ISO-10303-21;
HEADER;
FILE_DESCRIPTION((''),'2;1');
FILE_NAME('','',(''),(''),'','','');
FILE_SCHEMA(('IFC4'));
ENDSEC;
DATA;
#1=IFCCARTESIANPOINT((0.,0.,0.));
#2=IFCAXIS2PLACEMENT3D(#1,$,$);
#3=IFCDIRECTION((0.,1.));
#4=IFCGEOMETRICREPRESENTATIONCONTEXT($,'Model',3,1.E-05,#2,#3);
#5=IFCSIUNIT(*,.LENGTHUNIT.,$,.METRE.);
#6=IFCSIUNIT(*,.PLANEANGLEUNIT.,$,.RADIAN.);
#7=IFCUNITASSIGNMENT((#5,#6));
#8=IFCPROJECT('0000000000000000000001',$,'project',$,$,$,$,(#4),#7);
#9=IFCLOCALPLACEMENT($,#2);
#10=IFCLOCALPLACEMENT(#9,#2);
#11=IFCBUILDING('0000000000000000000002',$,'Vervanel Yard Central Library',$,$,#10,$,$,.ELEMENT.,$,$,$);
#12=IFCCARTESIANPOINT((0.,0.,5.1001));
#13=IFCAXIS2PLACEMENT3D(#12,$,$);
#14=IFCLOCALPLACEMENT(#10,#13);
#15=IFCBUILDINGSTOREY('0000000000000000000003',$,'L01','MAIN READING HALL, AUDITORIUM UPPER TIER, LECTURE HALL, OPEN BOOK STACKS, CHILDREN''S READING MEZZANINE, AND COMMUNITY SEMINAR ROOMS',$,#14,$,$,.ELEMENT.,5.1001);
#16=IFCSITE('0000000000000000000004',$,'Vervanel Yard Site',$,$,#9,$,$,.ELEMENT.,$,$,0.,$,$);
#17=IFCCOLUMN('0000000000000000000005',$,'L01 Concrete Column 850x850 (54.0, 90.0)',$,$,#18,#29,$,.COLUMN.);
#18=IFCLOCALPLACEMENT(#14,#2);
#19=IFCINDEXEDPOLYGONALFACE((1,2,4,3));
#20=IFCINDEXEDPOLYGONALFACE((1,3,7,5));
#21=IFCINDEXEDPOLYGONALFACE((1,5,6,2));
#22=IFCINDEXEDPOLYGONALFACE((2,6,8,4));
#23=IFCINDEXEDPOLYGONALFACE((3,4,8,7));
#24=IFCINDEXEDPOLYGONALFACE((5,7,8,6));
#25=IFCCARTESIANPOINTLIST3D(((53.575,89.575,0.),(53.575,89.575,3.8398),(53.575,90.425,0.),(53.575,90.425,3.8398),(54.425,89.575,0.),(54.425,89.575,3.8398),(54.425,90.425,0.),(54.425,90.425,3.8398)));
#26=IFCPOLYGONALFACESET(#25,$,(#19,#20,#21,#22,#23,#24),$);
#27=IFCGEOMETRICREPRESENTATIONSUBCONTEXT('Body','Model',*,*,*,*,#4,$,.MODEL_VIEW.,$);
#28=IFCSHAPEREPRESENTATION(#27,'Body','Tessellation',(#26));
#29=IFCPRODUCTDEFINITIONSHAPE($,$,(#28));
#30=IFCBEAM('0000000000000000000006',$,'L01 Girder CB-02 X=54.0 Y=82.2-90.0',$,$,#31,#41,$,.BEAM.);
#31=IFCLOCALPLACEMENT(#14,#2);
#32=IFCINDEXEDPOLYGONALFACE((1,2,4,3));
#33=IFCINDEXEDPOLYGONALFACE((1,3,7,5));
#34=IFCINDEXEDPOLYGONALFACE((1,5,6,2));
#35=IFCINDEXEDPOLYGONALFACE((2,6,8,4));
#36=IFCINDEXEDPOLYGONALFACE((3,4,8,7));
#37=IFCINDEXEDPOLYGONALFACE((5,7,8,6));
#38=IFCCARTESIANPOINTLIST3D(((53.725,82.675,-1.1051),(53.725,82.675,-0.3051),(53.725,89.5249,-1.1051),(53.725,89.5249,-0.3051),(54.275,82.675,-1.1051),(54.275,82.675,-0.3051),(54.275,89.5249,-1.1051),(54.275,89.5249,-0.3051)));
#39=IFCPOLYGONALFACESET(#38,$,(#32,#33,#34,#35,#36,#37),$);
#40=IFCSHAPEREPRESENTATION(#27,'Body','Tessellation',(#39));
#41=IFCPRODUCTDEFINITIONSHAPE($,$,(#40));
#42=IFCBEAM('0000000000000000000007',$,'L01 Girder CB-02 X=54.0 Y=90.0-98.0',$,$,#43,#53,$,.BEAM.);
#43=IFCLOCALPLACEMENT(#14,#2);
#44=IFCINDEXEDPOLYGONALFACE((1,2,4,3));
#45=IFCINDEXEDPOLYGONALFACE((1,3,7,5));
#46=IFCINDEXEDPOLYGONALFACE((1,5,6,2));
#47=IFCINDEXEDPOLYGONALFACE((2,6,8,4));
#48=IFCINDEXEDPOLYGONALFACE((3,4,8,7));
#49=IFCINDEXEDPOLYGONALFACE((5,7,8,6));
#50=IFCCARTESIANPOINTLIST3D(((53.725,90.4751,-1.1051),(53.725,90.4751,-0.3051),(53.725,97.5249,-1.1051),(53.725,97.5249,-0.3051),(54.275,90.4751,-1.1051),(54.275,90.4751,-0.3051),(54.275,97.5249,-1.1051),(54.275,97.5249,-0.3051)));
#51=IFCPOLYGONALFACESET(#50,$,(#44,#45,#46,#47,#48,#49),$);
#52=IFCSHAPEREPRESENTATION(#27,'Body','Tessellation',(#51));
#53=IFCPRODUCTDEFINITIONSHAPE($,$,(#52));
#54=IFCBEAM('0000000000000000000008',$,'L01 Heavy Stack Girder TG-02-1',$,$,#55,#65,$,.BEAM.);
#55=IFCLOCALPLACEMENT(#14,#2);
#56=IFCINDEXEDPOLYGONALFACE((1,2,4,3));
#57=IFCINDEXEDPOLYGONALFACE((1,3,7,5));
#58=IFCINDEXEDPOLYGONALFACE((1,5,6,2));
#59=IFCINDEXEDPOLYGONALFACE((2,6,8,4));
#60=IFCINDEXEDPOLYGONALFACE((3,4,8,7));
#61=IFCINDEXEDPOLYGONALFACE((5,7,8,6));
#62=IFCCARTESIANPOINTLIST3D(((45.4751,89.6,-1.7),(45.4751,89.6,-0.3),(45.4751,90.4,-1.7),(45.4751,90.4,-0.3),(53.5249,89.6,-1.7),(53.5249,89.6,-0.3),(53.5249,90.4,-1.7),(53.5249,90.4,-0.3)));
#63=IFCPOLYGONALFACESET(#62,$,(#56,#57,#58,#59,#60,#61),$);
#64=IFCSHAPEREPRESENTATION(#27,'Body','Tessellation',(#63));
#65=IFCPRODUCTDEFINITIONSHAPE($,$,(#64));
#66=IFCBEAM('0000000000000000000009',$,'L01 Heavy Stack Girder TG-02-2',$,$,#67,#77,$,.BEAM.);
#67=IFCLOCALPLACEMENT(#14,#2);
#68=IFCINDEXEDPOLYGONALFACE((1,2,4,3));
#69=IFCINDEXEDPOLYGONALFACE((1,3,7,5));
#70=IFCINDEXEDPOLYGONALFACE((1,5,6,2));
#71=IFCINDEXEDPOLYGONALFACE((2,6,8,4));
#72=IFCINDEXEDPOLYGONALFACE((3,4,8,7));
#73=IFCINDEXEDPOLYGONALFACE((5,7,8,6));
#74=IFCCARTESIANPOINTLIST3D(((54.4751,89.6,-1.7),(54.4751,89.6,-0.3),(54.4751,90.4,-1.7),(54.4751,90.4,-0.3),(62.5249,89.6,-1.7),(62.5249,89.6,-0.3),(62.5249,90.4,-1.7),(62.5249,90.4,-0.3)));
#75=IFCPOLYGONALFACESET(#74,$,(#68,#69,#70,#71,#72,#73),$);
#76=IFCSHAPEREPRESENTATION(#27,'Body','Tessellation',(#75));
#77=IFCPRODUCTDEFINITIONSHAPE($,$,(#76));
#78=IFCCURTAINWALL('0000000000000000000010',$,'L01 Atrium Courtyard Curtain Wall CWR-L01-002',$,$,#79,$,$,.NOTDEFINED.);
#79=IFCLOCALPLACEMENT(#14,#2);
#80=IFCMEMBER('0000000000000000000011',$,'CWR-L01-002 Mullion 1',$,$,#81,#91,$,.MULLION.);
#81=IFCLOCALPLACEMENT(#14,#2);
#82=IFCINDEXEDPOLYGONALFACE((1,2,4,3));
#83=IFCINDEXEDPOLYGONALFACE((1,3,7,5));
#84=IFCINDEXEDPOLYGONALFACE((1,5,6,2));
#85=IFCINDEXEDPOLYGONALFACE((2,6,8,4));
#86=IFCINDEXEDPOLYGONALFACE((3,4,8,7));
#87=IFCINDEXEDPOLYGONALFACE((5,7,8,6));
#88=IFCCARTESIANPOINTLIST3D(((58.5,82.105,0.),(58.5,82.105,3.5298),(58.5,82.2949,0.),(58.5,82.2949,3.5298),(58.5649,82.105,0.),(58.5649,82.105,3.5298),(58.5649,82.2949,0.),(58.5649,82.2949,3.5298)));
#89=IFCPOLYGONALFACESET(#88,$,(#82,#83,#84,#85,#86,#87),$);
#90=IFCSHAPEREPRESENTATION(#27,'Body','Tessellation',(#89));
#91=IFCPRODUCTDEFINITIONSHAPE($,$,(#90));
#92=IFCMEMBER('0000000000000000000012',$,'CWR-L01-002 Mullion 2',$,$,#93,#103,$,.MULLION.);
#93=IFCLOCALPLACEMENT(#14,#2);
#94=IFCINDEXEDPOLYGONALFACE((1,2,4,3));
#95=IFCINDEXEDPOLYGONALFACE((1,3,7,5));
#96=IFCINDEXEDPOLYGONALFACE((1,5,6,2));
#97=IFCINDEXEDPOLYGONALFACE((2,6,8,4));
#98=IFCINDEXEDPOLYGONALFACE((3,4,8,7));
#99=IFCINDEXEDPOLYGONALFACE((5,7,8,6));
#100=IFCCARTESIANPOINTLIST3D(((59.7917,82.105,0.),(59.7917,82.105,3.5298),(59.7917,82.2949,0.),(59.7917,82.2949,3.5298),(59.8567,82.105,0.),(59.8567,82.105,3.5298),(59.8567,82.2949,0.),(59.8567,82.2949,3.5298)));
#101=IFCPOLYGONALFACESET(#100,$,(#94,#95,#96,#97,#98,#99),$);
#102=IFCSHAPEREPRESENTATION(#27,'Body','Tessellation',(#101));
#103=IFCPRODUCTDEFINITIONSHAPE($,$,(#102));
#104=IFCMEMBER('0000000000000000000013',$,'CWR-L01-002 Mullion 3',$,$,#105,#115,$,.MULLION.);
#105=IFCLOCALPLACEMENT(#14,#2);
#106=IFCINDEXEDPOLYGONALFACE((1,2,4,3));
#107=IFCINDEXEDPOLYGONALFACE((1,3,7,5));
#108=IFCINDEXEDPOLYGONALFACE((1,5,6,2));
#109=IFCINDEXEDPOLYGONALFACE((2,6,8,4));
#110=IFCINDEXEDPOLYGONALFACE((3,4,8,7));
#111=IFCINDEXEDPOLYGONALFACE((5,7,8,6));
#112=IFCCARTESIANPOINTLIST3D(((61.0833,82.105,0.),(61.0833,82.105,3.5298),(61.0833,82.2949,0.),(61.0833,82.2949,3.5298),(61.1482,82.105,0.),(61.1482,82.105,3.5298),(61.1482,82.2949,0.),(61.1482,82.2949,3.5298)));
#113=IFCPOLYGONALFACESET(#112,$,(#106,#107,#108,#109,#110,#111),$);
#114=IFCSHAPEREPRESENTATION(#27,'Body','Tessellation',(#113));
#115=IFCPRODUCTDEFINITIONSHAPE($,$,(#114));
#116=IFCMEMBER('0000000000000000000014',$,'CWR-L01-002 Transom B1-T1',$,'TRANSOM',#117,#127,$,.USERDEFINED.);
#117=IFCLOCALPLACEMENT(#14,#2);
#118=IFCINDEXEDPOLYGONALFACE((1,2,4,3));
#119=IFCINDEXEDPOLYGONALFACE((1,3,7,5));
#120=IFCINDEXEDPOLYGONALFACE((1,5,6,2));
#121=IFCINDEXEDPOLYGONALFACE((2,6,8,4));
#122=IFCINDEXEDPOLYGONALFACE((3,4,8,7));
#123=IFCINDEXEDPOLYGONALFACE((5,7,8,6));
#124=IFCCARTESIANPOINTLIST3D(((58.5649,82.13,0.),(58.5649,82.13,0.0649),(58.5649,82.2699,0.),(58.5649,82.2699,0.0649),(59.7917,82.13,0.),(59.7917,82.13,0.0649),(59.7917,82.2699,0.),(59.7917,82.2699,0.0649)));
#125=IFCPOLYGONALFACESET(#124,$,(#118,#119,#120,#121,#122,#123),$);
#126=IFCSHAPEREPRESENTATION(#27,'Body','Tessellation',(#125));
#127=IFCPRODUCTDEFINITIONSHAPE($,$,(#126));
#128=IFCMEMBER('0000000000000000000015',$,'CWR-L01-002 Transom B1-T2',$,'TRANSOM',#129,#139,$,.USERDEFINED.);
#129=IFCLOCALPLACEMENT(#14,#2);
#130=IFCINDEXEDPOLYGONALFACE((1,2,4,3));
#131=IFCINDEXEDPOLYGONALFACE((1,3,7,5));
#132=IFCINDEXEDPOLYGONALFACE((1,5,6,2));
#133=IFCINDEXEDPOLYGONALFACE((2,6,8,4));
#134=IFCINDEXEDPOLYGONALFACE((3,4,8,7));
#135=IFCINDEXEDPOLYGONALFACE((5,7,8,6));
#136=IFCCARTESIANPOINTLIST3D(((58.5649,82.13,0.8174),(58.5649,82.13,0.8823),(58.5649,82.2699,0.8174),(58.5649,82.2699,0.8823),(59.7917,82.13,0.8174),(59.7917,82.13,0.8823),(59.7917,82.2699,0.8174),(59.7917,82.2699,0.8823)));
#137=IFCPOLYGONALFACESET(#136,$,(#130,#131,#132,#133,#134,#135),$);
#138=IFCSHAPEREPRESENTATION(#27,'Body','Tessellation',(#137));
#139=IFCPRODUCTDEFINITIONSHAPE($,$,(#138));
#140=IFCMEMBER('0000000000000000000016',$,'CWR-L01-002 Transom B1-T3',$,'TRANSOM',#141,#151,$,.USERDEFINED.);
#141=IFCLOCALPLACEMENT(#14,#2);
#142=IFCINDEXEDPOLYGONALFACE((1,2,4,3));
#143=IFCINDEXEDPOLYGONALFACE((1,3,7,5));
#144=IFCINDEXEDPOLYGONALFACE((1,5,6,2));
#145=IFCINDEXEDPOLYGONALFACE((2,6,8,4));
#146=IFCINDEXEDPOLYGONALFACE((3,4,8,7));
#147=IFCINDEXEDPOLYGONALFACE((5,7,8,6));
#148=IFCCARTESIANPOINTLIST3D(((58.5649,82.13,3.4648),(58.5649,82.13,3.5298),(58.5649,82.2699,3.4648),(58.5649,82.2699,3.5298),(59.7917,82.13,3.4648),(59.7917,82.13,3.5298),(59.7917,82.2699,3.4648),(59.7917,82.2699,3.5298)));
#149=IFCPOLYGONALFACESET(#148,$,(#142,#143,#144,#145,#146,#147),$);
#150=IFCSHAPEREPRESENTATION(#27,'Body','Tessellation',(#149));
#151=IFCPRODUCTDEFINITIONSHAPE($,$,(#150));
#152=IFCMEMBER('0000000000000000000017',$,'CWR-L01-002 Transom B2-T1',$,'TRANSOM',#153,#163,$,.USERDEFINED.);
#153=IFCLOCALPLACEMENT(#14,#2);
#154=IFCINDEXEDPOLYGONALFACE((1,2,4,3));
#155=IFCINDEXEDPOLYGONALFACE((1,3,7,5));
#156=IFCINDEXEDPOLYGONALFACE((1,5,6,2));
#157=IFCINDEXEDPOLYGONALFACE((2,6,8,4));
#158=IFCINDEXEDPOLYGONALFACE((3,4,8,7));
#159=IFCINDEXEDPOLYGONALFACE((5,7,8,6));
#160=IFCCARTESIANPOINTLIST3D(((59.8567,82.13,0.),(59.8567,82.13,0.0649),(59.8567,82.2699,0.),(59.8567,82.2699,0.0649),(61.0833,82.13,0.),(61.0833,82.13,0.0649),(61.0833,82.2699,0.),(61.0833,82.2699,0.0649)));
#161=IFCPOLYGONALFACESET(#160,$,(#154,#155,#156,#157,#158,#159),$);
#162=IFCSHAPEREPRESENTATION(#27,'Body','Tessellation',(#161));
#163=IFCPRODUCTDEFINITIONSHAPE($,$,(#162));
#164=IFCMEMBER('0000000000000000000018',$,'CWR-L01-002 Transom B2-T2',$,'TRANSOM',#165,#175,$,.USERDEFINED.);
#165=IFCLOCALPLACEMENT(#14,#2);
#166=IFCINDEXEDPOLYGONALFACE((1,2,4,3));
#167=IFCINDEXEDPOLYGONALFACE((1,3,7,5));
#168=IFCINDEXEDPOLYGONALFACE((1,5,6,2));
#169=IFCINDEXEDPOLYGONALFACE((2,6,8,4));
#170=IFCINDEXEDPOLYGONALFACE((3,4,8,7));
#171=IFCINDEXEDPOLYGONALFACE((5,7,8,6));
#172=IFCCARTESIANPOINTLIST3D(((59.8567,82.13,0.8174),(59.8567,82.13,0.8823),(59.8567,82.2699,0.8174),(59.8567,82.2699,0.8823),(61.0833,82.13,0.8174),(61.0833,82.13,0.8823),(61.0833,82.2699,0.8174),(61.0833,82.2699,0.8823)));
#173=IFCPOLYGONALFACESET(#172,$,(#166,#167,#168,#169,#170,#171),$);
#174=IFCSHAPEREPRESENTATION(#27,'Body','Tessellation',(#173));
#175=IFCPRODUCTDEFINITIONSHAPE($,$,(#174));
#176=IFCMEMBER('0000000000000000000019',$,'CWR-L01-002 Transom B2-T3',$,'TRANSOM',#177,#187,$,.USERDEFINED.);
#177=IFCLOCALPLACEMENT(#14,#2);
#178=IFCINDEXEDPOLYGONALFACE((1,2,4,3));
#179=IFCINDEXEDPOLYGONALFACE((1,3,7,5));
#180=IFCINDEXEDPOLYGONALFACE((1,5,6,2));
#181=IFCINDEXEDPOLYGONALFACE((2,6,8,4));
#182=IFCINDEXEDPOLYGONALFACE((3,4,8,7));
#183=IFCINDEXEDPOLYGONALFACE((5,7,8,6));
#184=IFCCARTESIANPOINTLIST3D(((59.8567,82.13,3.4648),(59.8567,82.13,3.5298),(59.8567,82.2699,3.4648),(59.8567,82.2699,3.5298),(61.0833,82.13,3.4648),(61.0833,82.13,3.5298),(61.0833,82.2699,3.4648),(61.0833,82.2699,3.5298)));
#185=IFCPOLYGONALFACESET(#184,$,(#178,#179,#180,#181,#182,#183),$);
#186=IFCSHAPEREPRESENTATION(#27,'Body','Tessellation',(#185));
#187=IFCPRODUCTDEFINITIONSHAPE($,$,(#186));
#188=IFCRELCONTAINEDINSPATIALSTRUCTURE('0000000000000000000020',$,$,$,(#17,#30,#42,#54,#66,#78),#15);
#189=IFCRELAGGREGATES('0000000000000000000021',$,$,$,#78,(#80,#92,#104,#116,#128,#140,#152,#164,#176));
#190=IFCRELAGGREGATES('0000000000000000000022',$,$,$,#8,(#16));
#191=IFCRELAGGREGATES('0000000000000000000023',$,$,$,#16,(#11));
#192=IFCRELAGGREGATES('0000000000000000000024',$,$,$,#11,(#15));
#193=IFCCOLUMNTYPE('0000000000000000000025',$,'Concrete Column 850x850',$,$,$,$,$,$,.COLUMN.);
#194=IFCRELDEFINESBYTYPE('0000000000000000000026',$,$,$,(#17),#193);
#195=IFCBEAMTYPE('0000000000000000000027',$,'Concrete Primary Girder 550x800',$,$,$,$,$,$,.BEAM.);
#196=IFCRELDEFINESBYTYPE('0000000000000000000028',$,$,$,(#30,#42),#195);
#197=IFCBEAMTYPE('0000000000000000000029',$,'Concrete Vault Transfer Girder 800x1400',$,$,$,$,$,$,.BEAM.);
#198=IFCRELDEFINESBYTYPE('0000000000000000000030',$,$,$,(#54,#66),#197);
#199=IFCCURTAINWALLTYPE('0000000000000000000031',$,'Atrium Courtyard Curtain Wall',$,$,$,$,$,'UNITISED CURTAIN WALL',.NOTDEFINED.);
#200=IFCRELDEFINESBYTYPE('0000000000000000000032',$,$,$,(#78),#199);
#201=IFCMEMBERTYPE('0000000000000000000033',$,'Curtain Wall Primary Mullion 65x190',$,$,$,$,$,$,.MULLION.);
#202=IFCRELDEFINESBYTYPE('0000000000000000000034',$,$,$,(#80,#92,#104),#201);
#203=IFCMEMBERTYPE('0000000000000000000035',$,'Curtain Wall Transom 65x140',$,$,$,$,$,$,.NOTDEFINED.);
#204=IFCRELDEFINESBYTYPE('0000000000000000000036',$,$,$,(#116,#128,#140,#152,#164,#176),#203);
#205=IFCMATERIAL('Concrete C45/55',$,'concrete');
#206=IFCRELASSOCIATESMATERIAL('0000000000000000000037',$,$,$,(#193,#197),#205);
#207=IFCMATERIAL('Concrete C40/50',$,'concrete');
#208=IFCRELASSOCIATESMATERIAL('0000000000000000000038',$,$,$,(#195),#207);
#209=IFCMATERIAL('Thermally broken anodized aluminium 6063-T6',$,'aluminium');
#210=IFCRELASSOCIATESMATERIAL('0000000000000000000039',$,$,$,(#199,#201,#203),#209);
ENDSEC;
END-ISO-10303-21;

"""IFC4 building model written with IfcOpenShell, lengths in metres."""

from ifc_helpers import new_model, si_unit, direction, frame, origin, origin_2d, place, context, subcontext, project, spatial, rectangle, extrude, material, material_profile, profile_set, type_object, element, aggregate, save


model = new_model("IFC4")

# Units and contexts
model_context = context("Model", 3, precision=1e-05, world=origin(), true_north=direction((0.0, 1.0)))
body_context = subcontext(model_context, "Body", "Model", "MODEL_VIEW")
ifc_project = project(units=[si_unit("LENGTHUNIT", "METRE"), si_unit("PLANEANGLEUNIT", "RADIAN")], contexts=[model_context])

# Site, building, storey
site_placement = place(None, origin())
site = spatial("IfcSite", under=ifc_project, at=site_placement, Name="Vervanel Yard Site", CompositionType="ELEMENT", RefElevation=0.0)
building_placement = place(site_placement, origin())
building = spatial("IfcBuilding", under=site, at=building_placement, Name="Vervanel Yard Central Library", CompositionType="ELEMENT")
storey_placement = place(building_placement, frame((0.0, 0.0, 5.1001)))
storey = spatial("IfcBuildingStorey", under=building, at=storey_placement, Name="L01", Description="MAIN READING HALL, AUDITORIUM UPPER TIER, LECTURE HALL, OPEN BOOK STACKS, CHILDREN'S READING MEZZANINE, AND COMMUNITY SEMINAR ROOMS", CompositionType="ELEMENT", Elevation=5.1001)

# Column
ifc_material_1 = material(Name="Concrete C45/55", Category="concrete")
ifc_material_profile_1 = material_profile(ifc_material_1, rectangle(XDim=0.8501, YDim=0.8501, at=origin_2d()), Name="RC 850x850", Category="concrete")
ifc_profile_set_1 = profile_set([ifc_material_profile_1], Name="Concrete C45/55")
column_type = type_object("IfcColumnType", Name="Concrete Column 850x850", PredefinedType="COLUMN", material=ifc_profile_set_1)
column_placement = place(storey_placement, frame((54.0, 90.0, 0.0), z_axis=(0.0, 0.0, 1.0), x_axis=(1.0, 0.0, 0.0)))
element("IfcColumn", 1, at=column_placement, inside=storey, type_object=column_type, Name="L01 Concrete Column 850x850 (54.0, 90.0)", PredefinedType="COLUMN", context=body_context, shape_type="SweptSolid", body=[
    extrude(rectangle(XDim=0.8501, YDim=0.8501, at=origin_2d()), origin(), (0.0, 0.0, 1.0), 3.8398),
])

# Beams
ifc_material_2 = material(Name="Concrete C40/50", Category="concrete")
ifc_material_profile_2 = material_profile(ifc_material_2, rectangle(XDim=0.55, YDim=0.8, at=origin_2d()), Name="RC 550x800", Category="concrete")
ifc_profile_set_2 = profile_set([ifc_material_profile_2], Name="Concrete C40/50")
beam_type_1 = type_object("IfcBeamType", Name="Concrete Primary Girder 550x800", PredefinedType="BEAM", material=ifc_profile_set_2)
beam_1_placement = place(storey_placement, frame((54.0, 82.675, -0.7051), z_axis=(0.0, 1.0, 0.0), x_axis=(-1.0, 0.0, 0.0)))
element("IfcBeam", 2, at=beam_1_placement, inside=storey, type_object=beam_type_1, Name="L01 Girder CB-02 X=54.0 Y=82.2-90.0", PredefinedType="BEAM", context=body_context, shape_type="SweptSolid", body=[
    extrude(rectangle(XDim=0.55, YDim=0.8, at=origin_2d()), origin(), (0.0, 0.0, 1.0), 6.8499),
])
beam_2_placement = place(storey_placement, frame((54.0, 90.4751, -0.7051), z_axis=(0.0, 1.0, 0.0), x_axis=(-1.0, 0.0, 0.0)))
element("IfcBeam", 3, at=beam_2_placement, inside=storey, type_object=beam_type_1, Name="L01 Girder CB-02 X=54.0 Y=90.0-98.0", PredefinedType="BEAM", context=body_context, shape_type="SweptSolid", body=[
    extrude(rectangle(XDim=0.55, YDim=0.8, at=origin_2d()), origin(), (0.0, 0.0, 1.0), 7.0498),
])
ifc_material_profile_3 = material_profile(ifc_material_1, rectangle(XDim=0.8, YDim=1.3999, at=origin_2d()), Name="RC 800x1400", Category="concrete")
ifc_profile_set_3 = profile_set([ifc_material_profile_3], Name="Concrete C45/55")
beam_type_2 = type_object("IfcBeamType", Name="Concrete Vault Transfer Girder 800x1400", PredefinedType="BEAM", material=ifc_profile_set_3)
for number, where, z_axis, x_axis, name in (
    (4, (45.4751, 90.0, -1.0), (1.0, 0.0, 0.0), (0.0, 1.0, 0.0), "L01 Heavy Stack Girder TG-02-1"),
    (5, (54.4751, 90.0, -1.0), (1.0, 0.0, 0.0), (0.0, 1.0, 0.0), "L01 Heavy Stack Girder TG-02-2"),
):
    element("IfcBeam", number, at=place(storey_placement, frame(where, z_axis=z_axis, x_axis=x_axis)), inside=storey, type_object=beam_type_2, Name=name, PredefinedType="BEAM", context=body_context, shape_type="SweptSolid", body=[
        extrude(rectangle(XDim=0.8, YDim=1.3999, at=origin_2d()), origin(), (0.0, 0.0, 1.0), 8.0498),
    ])

# Curtain wall, members
ifc_material_3 = material(Name="Thermally broken anodized aluminium 6063-T6", Category="aluminium")
curtain_wall_type = type_object("IfcCurtainWallType", Name="Atrium Courtyard Curtain Wall", ElementType="UNITISED CURTAIN WALL", PredefinedType="NOTDEFINED", material=ifc_material_3)
curtain_wall_placement = place(storey_placement, origin())
curtain_wall = element("IfcCurtainWall", 6, at=curtain_wall_placement, inside=storey, type_object=curtain_wall_type, Name="L01 Atrium Courtyard Curtain Wall CWR-L01-002", PredefinedType="NOTDEFINED")
ifc_material_profile_4 = material_profile(ifc_material_3, rectangle(XDim=0.0649, YDim=0.1899, at=origin_2d()), Name="ALU 65x190", Category="aluminium")
ifc_profile_set_4 = profile_set([ifc_material_profile_4], Name="Thermally broken anodized aluminium 6063-T6")
member_type_1 = type_object("IfcMemberType", Name="Curtain Wall Primary Mullion 65x190", PredefinedType="MULLION", material=ifc_profile_set_4)
member_1_placement = place(storey_placement, frame((58.5325, 82.2, 0.0), z_axis=(0.0, 0.0, 1.0), x_axis=(1.0, 0.0, 0.0)))
member_1 = element("IfcMember", 7, at=member_1_placement, type_object=member_type_1, Name="CWR-L01-002 Mullion 1", PredefinedType="MULLION", context=body_context, shape_type="SweptSolid", body=[
    extrude(rectangle(XDim=0.0649, YDim=0.1899, at=origin_2d()), origin(), (0.0, 0.0, 1.0), 3.5298),
])
member_2_placement = place(storey_placement, frame((59.8242, 82.2, 0.0), z_axis=(0.0, 0.0, 1.0), x_axis=(1.0, 0.0, 0.0)))
member_2 = element("IfcMember", 8, at=member_2_placement, type_object=member_type_1, Name="CWR-L01-002 Mullion 2", PredefinedType="MULLION", context=body_context, shape_type="SweptSolid", body=[
    extrude(rectangle(XDim=0.0649, YDim=0.1899, at=origin_2d()), origin(), (0.0, 0.0, 1.0), 3.5298),
])
member_3_placement = place(storey_placement, frame((61.1157, 82.2, 0.0), z_axis=(0.0, 0.0, 1.0), x_axis=(1.0, 0.0, 0.0)))
member_3 = element("IfcMember", 9, at=member_3_placement, type_object=member_type_1, Name="CWR-L01-002 Mullion 3", PredefinedType="MULLION", context=body_context, shape_type="SweptSolid", body=[
    extrude(rectangle(XDim=0.0649, YDim=0.1899, at=origin_2d()), origin(), (0.0, 0.0, 1.0), 3.5298),
])
ifc_material_profile_5 = material_profile(ifc_material_3, rectangle(XDim=0.0649, YDim=0.1399, at=origin_2d()), Name="ALU 65x140", Category="aluminium")
ifc_profile_set_5 = profile_set([ifc_material_profile_5], Name="Thermally broken anodized aluminium 6063-T6")
member_type_2 = type_object("IfcMemberType", Name="Curtain Wall Transom 65x140", PredefinedType="NOTDEFINED", material=ifc_profile_set_5)
member_4_placement = place(storey_placement, frame((58.5649, 82.2, 0.0325), z_axis=(1.0, 0.0, 0.0), x_axis=(0.0, 0.0, 1.0)))
member_4 = element("IfcMember", 10, at=member_4_placement, type_object=member_type_2, Name="CWR-L01-002 Transom B1-T1", ObjectType="TRANSOM", PredefinedType="USERDEFINED", context=body_context, shape_type="SweptSolid", body=[
    extrude(rectangle(XDim=0.0649, YDim=0.1399, at=origin_2d()), origin(), (0.0, 0.0, 1.0), 1.2268),
])
member_5_placement = place(storey_placement, frame((58.5649, 82.2, 0.8499), z_axis=(1.0, 0.0, 0.0), x_axis=(0.0, 0.0, 1.0)))
member_5 = element("IfcMember", 11, at=member_5_placement, type_object=member_type_2, Name="CWR-L01-002 Transom B1-T2", ObjectType="TRANSOM", PredefinedType="USERDEFINED", context=body_context, shape_type="SweptSolid", body=[
    extrude(rectangle(XDim=0.0649, YDim=0.1399, at=origin_2d()), origin(), (0.0, 0.0, 1.0), 1.2268),
])
member_6_placement = place(storey_placement, frame((58.5649, 82.2, 3.4973), z_axis=(1.0, 0.0, 0.0), x_axis=(0.0, 0.0, 1.0)))
member_6 = element("IfcMember", 12, at=member_6_placement, type_object=member_type_2, Name="CWR-L01-002 Transom B1-T3", ObjectType="TRANSOM", PredefinedType="USERDEFINED", context=body_context, shape_type="SweptSolid", body=[
    extrude(rectangle(XDim=0.0649, YDim=0.1399, at=origin_2d()), origin(), (0.0, 0.0, 1.0), 1.2268),
])
member_7_placement = place(storey_placement, frame((59.8567, 82.2, 0.0325), z_axis=(1.0, 0.0, 0.0), x_axis=(0.0, 0.0, 1.0)))
member_7 = element("IfcMember", 13, at=member_7_placement, type_object=member_type_2, Name="CWR-L01-002 Transom B2-T1", ObjectType="TRANSOM", PredefinedType="USERDEFINED", context=body_context, shape_type="SweptSolid", body=[
    extrude(rectangle(XDim=0.0649, YDim=0.1399, at=origin_2d()), origin(), (0.0, 0.0, 1.0), 1.2266),
])
member_8_placement = place(storey_placement, frame((59.8567, 82.2, 0.8499), z_axis=(1.0, 0.0, 0.0), x_axis=(0.0, 0.0, 1.0)))
member_8 = element("IfcMember", 14, at=member_8_placement, type_object=member_type_2, Name="CWR-L01-002 Transom B2-T2", ObjectType="TRANSOM", PredefinedType="USERDEFINED", context=body_context, shape_type="SweptSolid", body=[
    extrude(rectangle(XDim=0.0649, YDim=0.1399, at=origin_2d()), origin(), (0.0, 0.0, 1.0), 1.2266),
])
member_9_placement = place(storey_placement, frame((59.8567, 82.2, 3.4973), z_axis=(1.0, 0.0, 0.0), x_axis=(0.0, 0.0, 1.0)))
member_9 = element("IfcMember", 15, at=member_9_placement, type_object=member_type_2, Name="CWR-L01-002 Transom B2-T3", ObjectType="TRANSOM", PredefinedType="USERDEFINED", context=body_context, shape_type="SweptSolid", body=[
    extrude(rectangle(XDim=0.0649, YDim=0.1399, at=origin_2d()), origin(), (0.0, 0.0, 1.0), 1.2266),
])
aggregate(curtain_wall, [member_1, member_2, member_3, member_4, member_5, member_6, member_7, member_8, member_9])

save(model, "model.ifc")
